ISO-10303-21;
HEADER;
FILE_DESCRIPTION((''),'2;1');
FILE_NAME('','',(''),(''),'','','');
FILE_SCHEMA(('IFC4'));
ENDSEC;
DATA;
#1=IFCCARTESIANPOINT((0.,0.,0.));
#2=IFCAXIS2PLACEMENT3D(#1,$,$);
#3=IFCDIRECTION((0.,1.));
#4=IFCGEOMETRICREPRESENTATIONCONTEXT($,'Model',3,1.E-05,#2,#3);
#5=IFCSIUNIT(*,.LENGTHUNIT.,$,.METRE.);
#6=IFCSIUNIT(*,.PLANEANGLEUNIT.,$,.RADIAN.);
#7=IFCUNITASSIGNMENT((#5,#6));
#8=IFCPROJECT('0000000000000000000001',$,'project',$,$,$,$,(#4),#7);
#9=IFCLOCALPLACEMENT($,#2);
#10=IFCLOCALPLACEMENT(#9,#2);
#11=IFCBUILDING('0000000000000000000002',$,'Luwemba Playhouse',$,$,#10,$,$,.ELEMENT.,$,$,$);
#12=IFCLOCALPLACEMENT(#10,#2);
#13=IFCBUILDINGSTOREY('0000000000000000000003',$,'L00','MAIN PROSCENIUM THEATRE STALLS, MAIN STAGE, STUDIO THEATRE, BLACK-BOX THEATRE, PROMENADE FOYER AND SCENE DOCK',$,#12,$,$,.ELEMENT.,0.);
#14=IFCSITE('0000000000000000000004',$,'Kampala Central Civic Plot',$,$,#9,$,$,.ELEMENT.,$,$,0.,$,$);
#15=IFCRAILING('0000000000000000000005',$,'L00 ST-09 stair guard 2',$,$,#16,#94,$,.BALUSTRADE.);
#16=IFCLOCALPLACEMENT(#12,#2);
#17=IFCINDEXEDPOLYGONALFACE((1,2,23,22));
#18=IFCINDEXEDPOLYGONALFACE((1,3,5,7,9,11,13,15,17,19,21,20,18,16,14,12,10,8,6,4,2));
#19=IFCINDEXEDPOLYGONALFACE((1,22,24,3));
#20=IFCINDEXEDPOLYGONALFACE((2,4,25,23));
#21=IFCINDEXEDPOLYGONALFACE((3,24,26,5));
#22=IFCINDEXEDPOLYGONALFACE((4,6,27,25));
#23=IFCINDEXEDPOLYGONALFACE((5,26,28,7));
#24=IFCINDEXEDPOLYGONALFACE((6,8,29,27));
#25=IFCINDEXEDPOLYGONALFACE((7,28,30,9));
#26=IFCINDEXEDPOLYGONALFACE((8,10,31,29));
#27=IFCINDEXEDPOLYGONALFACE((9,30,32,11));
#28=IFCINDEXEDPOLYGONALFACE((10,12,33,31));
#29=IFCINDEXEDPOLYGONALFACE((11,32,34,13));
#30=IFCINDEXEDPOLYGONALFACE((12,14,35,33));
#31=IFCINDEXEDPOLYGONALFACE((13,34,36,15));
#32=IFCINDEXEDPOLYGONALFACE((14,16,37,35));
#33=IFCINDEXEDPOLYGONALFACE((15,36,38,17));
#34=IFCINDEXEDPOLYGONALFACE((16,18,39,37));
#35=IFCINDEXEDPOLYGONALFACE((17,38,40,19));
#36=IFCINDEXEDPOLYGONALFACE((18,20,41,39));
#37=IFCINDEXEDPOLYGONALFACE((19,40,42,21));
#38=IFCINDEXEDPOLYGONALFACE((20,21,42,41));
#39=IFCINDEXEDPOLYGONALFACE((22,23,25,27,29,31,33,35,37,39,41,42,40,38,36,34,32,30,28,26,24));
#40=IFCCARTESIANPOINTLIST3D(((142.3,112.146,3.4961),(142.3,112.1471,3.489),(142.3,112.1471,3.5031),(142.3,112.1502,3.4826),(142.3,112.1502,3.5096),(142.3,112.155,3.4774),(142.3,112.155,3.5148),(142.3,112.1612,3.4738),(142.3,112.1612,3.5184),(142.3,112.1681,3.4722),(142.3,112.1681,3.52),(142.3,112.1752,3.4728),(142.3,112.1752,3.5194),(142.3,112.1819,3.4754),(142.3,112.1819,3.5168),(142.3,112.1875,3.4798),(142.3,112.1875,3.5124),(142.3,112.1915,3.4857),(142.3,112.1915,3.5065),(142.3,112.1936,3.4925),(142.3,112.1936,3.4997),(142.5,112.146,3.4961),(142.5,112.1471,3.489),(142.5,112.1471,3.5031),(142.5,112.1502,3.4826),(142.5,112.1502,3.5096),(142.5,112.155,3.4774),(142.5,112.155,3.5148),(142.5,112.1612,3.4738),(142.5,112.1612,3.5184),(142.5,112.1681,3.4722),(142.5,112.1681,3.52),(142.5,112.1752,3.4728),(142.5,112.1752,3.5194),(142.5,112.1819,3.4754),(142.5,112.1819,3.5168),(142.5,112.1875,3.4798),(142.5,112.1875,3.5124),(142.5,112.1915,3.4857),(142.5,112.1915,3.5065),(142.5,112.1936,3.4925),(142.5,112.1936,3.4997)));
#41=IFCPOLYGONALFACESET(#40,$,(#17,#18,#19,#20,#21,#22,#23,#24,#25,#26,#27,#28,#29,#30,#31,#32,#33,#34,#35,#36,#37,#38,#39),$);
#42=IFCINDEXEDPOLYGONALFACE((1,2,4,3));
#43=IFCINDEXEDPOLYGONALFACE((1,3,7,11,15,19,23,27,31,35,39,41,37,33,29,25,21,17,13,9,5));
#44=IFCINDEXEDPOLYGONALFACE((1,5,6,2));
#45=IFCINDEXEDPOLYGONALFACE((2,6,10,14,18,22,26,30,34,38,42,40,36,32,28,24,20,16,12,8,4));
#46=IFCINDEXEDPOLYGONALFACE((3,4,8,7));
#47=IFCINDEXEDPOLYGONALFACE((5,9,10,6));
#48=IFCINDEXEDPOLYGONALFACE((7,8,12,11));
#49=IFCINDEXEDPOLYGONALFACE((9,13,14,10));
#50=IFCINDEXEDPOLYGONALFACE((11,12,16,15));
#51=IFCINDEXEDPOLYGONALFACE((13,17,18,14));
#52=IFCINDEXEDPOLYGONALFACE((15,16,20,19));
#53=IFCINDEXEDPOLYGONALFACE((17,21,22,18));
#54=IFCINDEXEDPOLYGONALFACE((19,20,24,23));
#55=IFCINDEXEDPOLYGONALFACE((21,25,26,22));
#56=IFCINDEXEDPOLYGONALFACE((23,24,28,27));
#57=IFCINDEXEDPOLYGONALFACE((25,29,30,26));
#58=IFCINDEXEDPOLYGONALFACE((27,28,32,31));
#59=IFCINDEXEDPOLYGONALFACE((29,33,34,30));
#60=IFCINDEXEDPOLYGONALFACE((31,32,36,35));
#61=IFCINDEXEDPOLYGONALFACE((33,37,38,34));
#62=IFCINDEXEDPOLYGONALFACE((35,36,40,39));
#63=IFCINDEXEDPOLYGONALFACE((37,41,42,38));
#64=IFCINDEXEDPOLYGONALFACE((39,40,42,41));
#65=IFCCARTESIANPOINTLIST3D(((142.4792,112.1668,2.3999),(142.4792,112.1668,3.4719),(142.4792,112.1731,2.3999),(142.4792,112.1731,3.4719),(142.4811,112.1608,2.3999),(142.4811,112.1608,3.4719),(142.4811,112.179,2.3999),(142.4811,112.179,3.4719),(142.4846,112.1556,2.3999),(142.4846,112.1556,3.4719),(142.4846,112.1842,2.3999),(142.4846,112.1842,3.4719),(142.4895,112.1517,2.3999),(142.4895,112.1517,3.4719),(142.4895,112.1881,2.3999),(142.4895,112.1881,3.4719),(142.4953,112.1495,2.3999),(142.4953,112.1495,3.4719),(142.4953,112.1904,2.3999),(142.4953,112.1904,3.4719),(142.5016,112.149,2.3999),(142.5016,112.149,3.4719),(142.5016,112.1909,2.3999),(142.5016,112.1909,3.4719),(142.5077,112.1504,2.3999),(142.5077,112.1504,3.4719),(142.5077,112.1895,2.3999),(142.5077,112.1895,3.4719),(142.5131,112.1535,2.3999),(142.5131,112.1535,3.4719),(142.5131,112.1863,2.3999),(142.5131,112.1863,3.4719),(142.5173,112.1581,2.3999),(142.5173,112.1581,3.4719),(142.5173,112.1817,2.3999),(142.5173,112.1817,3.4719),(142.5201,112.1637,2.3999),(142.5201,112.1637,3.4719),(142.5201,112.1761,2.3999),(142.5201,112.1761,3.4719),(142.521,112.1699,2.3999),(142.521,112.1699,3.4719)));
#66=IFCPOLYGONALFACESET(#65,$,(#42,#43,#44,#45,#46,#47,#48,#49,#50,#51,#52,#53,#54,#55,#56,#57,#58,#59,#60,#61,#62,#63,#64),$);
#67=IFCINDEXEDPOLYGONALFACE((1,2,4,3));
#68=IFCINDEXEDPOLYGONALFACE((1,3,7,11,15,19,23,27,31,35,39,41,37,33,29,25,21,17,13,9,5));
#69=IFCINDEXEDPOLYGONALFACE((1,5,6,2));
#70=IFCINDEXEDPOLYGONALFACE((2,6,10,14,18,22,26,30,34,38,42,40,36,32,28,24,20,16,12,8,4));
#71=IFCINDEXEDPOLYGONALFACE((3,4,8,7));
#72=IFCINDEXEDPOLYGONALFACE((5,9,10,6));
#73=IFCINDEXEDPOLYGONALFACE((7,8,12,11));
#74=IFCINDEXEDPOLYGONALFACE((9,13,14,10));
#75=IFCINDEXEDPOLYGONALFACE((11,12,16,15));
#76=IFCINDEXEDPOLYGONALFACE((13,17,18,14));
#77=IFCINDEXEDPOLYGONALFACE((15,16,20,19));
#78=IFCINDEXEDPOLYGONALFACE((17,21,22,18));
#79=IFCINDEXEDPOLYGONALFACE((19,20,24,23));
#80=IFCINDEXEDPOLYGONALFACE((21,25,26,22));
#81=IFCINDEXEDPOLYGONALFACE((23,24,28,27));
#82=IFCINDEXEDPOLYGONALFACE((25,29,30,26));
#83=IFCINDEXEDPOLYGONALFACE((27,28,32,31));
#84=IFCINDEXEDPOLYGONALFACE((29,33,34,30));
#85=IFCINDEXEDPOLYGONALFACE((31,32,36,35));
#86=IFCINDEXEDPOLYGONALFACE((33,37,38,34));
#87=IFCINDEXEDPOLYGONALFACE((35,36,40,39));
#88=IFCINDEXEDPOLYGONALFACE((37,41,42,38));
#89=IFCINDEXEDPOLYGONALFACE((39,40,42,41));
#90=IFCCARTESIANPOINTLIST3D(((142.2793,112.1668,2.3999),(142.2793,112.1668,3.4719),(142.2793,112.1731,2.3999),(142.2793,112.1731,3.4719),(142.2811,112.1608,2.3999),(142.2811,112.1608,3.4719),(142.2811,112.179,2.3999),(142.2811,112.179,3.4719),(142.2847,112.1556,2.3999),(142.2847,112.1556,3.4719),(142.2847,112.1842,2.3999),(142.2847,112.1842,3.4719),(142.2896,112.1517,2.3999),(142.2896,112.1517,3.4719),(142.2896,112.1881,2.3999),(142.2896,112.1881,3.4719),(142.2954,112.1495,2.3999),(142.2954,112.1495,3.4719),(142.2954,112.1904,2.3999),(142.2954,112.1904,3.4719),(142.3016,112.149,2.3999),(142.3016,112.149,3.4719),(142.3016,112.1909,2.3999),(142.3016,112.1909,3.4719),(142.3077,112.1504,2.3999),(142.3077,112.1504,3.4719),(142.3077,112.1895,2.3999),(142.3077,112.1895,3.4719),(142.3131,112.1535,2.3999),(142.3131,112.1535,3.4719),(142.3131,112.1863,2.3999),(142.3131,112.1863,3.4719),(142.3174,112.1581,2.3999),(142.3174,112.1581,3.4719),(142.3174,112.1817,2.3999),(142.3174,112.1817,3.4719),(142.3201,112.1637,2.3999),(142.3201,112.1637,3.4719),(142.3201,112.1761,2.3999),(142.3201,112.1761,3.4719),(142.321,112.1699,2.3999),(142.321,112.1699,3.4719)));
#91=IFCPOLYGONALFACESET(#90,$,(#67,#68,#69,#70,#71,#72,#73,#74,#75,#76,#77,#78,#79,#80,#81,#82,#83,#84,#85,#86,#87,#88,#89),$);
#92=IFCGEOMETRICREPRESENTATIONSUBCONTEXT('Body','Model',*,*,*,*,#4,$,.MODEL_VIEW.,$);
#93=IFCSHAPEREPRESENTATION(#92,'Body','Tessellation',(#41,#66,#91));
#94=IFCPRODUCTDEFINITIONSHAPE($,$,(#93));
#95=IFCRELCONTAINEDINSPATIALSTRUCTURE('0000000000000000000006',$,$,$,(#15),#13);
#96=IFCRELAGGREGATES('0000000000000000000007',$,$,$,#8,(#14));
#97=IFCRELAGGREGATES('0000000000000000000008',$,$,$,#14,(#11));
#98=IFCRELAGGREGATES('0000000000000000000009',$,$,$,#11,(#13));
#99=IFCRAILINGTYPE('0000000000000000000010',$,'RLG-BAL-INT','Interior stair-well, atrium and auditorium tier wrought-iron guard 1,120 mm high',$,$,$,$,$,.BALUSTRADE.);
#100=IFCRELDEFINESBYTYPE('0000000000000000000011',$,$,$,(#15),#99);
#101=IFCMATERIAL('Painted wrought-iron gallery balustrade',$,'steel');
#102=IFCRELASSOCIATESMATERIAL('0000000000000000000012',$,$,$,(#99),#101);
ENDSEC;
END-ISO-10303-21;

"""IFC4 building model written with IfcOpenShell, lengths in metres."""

from ifc_helpers import new_model, si_unit, direction, frame, origin, origin_2d, place, context, subcontext, project, spatial, circle, extrude, material, type_object, element, save


model = new_model("IFC4")

# Units and contexts
model_context = context("Model", 3, precision=1e-05, world=origin(), true_north=direction((0.0, 1.0)))
body_context = subcontext(model_context, "Body", "Model", "MODEL_VIEW")
ifc_project = project(units=[si_unit("LENGTHUNIT", "METRE"), si_unit("PLANEANGLEUNIT", "RADIAN")], contexts=[model_context])

# Site, building, storey
site_placement = place(None, origin())
site = spatial("IfcSite", under=ifc_project, at=site_placement, Name="Kampala Central Civic Plot", CompositionType="ELEMENT", RefElevation=0.0)
building_placement = place(site_placement, origin())
building = spatial("IfcBuilding", under=site, at=building_placement, Name="Luwemba Playhouse", CompositionType="ELEMENT")
storey_placement = place(building_placement, origin())
storey = spatial("IfcBuildingStorey", under=building, at=storey_placement, Name="L00", Description="MAIN PROSCENIUM THEATRE STALLS, MAIN STAGE, STUDIO THEATRE, BLACK-BOX THEATRE, PROMENADE FOYER AND SCENE DOCK", CompositionType="ELEMENT", Elevation=0.0)

# Railing
ifc_material_1 = material(Name="Painted wrought-iron gallery balustrade", Category="steel")
railing_type_1 = type_object("IfcRailingType", Name="RLG-BAL-INT", Description="Interior stair-well, atrium and auditorium tier wrought-iron guard 1,120 mm high", PredefinedType="BALUSTRADE", material=ifc_material_1)
railing_1_placement = place(storey_placement, frame((142.5, 112.1699, 2.3999)))
element("IfcRailing", 1, at=railing_1_placement, inside=storey, type_object=railing_type_1, Name="L00 ST-09 stair guard 2", PredefinedType="BALUSTRADE", context=body_context, shape_type="SweptSolid", body=[
    extrude(circle(Radius=0.0239, at=origin_2d()), frame((0.0, 0.0, 1.0962), z_axis=(-1.0, 0.0, 0.0), x_axis=(0.0, -1.0, 0.0)), (0.0, 0.0, 1.0), 0.2),
    extrude(circle(Radius=0.021, at=origin_2d()), origin(), (0.0, 0.0, 1.0), 1.072),
    extrude(circle(Radius=0.021, at=origin_2d()), frame((-0.2, 0.0, 0.0)), (0.0, 0.0, 1.0), 1.072),
])

save(model, "model.ifc")
